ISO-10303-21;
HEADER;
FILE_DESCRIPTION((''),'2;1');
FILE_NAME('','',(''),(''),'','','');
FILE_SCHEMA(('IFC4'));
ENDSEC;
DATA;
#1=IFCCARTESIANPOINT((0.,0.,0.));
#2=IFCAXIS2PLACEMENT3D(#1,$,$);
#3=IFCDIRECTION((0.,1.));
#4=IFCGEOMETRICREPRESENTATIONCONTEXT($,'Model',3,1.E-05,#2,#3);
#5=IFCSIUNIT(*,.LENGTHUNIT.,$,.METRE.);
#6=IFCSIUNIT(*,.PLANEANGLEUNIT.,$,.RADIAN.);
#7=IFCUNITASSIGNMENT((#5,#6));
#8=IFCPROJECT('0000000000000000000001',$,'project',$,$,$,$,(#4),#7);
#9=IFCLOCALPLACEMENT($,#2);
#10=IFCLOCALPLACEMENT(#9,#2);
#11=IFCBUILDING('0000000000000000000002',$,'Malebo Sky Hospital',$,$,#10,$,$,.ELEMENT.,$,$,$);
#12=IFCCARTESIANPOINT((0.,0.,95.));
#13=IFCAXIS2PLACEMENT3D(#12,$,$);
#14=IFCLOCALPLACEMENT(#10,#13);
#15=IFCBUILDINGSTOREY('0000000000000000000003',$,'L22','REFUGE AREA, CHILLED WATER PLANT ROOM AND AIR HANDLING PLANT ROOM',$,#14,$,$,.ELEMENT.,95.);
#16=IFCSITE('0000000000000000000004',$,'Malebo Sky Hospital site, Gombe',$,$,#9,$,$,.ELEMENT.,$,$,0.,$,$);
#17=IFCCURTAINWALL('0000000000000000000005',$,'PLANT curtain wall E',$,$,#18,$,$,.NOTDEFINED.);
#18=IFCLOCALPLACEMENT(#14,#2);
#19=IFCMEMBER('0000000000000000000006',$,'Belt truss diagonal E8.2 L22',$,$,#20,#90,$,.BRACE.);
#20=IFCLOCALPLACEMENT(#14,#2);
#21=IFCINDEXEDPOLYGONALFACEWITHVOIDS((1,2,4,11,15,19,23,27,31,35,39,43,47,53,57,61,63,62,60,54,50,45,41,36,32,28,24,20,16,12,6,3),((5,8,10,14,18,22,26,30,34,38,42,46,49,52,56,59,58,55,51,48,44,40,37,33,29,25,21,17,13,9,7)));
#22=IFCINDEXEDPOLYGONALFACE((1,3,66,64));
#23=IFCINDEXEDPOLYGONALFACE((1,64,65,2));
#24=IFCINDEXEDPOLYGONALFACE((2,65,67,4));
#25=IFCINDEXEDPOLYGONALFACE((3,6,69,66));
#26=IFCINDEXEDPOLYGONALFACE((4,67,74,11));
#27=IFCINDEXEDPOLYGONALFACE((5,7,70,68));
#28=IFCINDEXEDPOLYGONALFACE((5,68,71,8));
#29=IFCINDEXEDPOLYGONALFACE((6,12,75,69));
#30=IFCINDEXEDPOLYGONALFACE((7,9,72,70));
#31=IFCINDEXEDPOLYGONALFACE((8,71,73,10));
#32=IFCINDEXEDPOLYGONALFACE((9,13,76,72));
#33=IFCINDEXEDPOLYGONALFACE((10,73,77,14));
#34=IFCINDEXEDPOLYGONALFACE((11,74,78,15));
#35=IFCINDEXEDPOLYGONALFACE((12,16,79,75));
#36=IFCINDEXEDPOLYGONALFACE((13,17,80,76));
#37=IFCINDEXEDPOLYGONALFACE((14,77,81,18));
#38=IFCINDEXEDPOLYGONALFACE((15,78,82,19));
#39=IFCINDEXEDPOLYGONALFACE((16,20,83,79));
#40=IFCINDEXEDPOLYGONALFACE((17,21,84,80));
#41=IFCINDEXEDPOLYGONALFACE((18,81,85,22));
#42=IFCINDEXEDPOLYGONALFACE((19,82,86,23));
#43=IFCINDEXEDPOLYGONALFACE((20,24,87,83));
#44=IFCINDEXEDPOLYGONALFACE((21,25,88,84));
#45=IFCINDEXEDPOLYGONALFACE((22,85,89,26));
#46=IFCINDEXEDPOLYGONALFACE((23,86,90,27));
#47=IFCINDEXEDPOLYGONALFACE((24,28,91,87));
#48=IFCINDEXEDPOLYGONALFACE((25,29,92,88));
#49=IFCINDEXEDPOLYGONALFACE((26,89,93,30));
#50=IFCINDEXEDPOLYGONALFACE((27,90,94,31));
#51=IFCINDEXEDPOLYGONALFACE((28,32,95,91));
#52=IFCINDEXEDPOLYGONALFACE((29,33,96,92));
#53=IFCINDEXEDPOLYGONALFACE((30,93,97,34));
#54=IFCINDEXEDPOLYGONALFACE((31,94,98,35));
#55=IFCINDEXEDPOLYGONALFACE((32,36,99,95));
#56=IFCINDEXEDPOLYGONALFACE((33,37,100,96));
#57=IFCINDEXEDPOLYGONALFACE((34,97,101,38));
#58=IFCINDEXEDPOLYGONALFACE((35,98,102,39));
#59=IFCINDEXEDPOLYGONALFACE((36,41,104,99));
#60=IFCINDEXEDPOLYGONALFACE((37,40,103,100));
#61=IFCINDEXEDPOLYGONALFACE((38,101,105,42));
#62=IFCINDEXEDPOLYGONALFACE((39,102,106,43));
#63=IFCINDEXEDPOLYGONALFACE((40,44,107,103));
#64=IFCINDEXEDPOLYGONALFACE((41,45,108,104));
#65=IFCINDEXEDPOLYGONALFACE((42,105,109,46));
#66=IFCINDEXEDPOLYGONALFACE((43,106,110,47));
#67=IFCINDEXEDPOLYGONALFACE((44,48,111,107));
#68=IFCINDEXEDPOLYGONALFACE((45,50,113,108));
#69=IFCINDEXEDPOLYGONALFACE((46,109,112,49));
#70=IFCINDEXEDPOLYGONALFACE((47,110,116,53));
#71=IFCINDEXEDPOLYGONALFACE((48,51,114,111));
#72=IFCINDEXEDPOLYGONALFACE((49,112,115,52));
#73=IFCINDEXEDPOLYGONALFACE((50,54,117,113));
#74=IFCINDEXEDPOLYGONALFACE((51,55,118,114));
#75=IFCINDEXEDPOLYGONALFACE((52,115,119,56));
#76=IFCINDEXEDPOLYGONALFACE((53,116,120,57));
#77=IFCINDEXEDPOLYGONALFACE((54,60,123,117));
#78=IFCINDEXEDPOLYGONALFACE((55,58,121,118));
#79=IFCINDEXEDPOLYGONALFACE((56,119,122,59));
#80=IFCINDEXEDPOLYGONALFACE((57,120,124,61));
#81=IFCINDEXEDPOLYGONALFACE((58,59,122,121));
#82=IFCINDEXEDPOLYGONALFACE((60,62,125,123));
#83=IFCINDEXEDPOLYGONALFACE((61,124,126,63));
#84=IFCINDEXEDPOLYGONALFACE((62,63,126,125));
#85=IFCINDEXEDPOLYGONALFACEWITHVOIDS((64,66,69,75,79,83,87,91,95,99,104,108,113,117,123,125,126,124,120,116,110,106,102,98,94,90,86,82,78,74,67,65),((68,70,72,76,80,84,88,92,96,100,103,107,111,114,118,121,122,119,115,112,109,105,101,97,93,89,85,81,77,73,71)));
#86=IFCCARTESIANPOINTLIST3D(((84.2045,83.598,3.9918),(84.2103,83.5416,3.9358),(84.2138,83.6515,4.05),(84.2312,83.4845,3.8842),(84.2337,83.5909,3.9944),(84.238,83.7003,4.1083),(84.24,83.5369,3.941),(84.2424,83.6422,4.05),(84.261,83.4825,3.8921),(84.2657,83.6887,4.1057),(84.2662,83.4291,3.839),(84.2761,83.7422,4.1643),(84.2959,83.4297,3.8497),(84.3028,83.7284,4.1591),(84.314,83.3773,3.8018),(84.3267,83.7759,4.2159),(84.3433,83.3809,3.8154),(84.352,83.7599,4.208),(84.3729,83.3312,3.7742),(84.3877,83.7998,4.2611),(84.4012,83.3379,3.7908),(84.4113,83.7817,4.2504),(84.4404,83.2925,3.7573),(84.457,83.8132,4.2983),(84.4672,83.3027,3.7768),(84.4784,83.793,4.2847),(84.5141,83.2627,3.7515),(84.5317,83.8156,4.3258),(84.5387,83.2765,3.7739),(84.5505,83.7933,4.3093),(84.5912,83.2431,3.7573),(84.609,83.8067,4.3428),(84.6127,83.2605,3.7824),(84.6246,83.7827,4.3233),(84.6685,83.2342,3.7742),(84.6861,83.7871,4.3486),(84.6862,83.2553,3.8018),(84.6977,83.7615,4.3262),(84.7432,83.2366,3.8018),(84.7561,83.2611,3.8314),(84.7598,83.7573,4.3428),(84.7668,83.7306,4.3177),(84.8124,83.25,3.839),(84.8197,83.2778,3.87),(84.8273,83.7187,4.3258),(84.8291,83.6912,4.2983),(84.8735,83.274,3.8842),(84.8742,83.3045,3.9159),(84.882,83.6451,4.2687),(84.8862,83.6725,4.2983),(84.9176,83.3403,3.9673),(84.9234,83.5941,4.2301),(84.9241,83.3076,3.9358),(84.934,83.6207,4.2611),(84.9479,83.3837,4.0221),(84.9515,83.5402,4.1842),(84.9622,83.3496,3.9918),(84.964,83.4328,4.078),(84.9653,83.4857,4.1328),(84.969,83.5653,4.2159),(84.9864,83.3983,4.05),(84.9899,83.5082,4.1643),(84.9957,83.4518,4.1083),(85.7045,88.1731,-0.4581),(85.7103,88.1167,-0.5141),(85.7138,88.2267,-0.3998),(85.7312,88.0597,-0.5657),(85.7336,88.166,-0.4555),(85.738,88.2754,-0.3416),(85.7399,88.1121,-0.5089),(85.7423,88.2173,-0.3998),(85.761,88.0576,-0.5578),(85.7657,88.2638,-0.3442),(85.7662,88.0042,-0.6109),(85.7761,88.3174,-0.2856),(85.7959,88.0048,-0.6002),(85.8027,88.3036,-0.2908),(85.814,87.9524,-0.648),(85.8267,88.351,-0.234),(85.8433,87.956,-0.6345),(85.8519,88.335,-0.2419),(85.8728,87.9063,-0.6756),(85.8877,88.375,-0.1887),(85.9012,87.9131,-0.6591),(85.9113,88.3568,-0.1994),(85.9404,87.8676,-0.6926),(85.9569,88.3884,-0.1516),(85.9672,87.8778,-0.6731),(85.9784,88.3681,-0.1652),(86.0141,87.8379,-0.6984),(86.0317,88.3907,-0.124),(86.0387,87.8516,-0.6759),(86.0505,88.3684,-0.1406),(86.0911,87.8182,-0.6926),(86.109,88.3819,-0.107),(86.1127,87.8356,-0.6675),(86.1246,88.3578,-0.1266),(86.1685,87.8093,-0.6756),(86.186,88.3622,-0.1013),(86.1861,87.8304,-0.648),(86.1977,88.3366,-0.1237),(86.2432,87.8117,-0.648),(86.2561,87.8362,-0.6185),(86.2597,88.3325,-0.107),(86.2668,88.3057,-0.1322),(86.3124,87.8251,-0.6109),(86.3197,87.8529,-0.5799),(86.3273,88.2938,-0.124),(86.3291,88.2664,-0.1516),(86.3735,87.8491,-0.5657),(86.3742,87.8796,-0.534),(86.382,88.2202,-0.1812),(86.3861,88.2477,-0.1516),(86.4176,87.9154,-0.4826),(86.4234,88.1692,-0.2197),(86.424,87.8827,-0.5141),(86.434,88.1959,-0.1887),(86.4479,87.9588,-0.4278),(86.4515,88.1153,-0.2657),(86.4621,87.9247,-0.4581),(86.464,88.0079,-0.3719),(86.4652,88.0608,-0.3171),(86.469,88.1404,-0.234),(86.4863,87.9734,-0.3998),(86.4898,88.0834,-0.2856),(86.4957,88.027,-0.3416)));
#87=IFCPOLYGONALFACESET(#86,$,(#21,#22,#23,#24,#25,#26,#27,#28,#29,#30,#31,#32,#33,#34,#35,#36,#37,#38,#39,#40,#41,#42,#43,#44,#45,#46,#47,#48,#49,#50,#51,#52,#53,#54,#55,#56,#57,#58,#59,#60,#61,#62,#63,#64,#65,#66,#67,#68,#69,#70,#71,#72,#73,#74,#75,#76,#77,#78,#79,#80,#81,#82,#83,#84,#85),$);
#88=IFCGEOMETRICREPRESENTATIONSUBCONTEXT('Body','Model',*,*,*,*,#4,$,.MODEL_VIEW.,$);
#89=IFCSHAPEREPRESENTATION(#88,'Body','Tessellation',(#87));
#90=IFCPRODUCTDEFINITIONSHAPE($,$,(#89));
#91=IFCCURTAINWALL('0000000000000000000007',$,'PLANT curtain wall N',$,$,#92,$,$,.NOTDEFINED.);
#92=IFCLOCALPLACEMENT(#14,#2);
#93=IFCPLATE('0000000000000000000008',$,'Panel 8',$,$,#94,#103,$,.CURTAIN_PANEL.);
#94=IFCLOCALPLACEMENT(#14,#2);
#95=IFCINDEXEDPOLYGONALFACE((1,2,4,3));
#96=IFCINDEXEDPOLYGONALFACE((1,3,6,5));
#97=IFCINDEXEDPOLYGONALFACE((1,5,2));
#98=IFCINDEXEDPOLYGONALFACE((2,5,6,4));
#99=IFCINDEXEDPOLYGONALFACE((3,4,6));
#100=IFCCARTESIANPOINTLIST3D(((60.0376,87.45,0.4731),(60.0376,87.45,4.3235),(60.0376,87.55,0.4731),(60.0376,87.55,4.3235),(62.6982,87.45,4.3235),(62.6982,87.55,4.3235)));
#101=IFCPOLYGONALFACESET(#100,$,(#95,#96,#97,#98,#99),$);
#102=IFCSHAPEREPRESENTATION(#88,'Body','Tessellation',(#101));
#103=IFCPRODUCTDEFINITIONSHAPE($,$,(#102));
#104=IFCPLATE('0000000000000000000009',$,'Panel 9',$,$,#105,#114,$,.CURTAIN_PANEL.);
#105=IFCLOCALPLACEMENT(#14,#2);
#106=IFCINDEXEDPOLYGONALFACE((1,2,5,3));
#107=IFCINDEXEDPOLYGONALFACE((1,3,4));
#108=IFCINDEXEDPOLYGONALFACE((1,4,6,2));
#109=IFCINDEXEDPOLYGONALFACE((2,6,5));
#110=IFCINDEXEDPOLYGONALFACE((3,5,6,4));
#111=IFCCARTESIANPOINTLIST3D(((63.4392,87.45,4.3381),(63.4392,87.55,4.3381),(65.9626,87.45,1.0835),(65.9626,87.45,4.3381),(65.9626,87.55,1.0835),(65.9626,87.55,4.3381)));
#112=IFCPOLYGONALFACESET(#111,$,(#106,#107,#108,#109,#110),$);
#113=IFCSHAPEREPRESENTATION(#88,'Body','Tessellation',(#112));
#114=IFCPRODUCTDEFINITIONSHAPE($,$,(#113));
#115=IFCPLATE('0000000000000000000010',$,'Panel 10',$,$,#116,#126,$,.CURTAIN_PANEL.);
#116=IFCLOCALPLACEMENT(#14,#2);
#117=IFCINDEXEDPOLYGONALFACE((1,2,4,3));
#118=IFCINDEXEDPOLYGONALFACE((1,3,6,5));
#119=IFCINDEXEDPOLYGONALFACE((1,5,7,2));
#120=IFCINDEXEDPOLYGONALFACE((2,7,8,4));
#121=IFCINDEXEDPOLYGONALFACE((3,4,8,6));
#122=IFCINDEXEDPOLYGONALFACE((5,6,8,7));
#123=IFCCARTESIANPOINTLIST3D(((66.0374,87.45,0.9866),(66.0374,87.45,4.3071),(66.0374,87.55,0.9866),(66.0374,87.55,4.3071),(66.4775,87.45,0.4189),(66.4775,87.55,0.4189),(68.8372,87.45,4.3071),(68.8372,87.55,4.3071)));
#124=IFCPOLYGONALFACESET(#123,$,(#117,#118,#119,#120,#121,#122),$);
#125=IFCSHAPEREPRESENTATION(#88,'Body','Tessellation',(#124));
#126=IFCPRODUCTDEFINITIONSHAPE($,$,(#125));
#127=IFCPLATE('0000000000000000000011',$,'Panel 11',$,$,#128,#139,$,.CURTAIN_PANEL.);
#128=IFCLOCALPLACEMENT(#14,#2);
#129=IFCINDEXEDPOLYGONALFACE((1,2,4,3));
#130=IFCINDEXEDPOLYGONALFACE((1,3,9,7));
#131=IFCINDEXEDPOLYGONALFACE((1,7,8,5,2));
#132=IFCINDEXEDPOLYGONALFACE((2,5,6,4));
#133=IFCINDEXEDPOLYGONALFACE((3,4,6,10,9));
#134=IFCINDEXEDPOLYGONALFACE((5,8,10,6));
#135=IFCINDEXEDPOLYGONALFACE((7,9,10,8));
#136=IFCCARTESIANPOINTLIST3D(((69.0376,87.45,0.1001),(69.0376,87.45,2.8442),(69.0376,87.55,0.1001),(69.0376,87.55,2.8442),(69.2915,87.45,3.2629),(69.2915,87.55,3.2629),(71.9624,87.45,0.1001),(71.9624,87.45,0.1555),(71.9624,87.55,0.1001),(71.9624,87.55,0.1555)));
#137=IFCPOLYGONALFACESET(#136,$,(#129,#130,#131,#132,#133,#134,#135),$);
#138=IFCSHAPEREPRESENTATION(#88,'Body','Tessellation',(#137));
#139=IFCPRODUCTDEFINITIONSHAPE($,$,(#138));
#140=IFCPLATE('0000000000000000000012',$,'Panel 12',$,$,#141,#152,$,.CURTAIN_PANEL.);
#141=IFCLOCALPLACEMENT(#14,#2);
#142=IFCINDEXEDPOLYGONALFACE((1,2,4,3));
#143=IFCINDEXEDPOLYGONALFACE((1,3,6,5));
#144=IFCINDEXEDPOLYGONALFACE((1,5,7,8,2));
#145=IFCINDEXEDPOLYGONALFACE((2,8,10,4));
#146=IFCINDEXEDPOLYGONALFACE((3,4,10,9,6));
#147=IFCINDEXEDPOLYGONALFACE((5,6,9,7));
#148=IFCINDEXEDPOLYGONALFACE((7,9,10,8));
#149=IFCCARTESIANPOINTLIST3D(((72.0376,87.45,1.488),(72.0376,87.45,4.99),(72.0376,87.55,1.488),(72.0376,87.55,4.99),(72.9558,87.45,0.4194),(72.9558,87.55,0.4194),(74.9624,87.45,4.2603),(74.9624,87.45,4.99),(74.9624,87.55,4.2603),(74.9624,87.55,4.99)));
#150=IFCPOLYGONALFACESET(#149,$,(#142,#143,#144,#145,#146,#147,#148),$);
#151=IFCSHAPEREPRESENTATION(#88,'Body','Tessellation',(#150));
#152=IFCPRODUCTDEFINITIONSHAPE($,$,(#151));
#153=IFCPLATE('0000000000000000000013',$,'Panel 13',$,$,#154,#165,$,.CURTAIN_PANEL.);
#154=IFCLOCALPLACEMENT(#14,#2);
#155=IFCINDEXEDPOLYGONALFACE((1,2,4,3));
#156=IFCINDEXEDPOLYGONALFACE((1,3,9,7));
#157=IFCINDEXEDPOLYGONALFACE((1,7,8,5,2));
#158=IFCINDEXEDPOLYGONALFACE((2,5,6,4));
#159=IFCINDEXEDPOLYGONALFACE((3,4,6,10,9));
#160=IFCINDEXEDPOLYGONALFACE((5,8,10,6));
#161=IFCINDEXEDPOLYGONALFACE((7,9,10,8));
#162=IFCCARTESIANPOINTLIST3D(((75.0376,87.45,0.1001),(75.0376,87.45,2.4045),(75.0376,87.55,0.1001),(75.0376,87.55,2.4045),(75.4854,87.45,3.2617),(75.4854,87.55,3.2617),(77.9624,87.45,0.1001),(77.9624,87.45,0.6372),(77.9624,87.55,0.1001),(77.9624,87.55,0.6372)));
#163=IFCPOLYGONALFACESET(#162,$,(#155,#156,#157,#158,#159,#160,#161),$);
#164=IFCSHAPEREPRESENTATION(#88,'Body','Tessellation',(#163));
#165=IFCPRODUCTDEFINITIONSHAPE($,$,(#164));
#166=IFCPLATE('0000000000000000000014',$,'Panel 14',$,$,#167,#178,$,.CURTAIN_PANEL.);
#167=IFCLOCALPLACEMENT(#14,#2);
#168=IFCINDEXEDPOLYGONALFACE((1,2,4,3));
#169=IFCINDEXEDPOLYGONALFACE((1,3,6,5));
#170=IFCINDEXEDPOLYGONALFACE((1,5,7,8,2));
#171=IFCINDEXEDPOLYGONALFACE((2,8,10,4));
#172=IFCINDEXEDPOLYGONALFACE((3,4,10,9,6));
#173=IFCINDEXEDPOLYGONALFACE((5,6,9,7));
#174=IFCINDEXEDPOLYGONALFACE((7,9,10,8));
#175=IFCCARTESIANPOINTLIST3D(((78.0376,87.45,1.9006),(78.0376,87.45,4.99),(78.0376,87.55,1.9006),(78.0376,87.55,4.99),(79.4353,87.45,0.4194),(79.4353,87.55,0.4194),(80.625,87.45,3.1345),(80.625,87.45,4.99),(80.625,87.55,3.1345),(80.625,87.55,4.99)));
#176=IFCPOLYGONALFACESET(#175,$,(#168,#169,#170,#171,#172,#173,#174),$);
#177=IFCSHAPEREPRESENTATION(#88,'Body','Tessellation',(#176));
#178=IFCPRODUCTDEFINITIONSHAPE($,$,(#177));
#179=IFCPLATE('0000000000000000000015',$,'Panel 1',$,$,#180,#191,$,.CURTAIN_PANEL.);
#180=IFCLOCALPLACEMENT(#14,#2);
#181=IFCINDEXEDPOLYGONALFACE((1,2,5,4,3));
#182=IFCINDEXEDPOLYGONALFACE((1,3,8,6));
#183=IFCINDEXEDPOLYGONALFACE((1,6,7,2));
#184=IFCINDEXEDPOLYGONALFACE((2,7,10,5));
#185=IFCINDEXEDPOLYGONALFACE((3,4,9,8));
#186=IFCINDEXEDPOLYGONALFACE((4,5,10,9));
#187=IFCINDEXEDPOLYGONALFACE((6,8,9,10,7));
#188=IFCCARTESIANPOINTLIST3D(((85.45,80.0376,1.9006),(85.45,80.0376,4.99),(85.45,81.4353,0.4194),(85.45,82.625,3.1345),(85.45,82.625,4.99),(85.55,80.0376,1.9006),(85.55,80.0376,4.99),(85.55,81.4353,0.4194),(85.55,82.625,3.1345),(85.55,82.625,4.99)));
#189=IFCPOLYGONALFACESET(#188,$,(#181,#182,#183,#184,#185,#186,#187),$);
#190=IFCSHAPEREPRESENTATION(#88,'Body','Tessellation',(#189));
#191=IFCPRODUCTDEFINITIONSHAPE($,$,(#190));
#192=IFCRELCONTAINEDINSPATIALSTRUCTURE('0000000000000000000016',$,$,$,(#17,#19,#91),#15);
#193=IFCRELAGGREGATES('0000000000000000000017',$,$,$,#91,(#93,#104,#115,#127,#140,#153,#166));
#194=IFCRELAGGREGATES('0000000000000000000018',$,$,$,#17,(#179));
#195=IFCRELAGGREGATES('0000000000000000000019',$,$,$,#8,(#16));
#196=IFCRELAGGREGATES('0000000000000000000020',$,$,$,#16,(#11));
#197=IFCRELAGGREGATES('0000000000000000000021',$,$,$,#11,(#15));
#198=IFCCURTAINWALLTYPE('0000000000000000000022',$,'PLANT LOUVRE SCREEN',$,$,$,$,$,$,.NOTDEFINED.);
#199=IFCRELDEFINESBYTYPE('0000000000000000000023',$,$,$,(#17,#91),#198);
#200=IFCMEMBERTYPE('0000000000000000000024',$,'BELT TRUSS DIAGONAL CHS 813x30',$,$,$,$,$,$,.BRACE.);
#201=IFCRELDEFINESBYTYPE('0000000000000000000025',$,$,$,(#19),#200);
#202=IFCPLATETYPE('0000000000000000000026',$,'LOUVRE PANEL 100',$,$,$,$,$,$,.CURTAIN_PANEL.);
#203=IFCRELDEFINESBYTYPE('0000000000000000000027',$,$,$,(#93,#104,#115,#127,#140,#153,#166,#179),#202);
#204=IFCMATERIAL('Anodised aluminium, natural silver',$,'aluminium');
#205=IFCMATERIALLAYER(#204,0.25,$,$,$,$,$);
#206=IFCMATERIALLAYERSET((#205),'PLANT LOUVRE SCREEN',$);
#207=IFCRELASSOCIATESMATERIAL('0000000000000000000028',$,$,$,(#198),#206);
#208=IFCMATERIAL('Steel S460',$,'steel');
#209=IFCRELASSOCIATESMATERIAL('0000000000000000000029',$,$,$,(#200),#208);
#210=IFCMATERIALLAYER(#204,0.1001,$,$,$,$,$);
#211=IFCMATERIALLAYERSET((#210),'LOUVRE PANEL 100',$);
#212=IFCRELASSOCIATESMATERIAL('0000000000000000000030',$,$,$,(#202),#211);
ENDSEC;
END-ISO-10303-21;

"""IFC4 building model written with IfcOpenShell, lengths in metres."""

from ifc_helpers import new_model, si_unit, direction, frame, origin, origin_2d, place, context, subcontext, project, spatial, polyline, hollow_circle, outline, extrude, material, layer, layer_set, material_profile, profile_set, type_object, element, aggregate, save


model = new_model("IFC4")

# Units and contexts
model_context = context("Model", 3, precision=1e-05, world=origin(), true_north=direction((0.0, 1.0)))
body_context = subcontext(model_context, "Body", "Model", "MODEL_VIEW")
ifc_project = project(units=[si_unit("LENGTHUNIT", "METRE"), si_unit("PLANEANGLEUNIT", "RADIAN")], contexts=[model_context])

# Site, building, storey
site_placement = place(None, origin())
site = spatial("IfcSite", under=ifc_project, at=site_placement, Name="Malebo Sky Hospital site, Gombe", CompositionType="ELEMENT", RefElevation=0.0)
building_placement = place(site_placement, origin())
building = spatial("IfcBuilding", under=site, at=building_placement, Name="Malebo Sky Hospital", CompositionType="ELEMENT")
storey_placement = place(building_placement, frame((0.0, 0.0, 95.0)))
storey = spatial("IfcBuildingStorey", under=building, at=storey_placement, Name="L22", Description="REFUGE AREA, CHILLED WATER PLANT ROOM AND AIR HANDLING PLANT ROOM", CompositionType="ELEMENT", Elevation=95.0)

# Curtain wall
ifc_material_1 = material(Name="Anodised aluminium, natural silver", Category="aluminium")
ifc_layer_1 = layer(ifc_material_1, 0.25)
ifc_layer_set_1 = layer_set([ifc_layer_1], Name="PLANT LOUVRE SCREEN")
curtain_wall_type = type_object("IfcCurtainWallType", Name="PLANT LOUVRE SCREEN", PredefinedType="NOTDEFINED", material=ifc_layer_set_1)
curtain_wall_1_placement = place(storey_placement, origin())
curtain_wall_1 = element("IfcCurtainWall", 1, at=curtain_wall_1_placement, inside=storey, type_object=curtain_wall_type, Name="PLANT curtain wall E", PredefinedType="NOTDEFINED")

# Member
ifc_material_2 = material(Name="Steel S460", Category="steel")
ifc_material_profile_1 = material_profile(ifc_material_2, hollow_circle(Radius=0.4065, WallThickness=0.03, at=origin_2d()), Name="CHS 813x30")
ifc_profile_set_1 = profile_set([ifc_material_profile_1], Name="Steel S460")
member_type_1 = type_object("IfcMemberType", Name="BELT TRUSS DIAGONAL CHS 813x30", PredefinedType="BRACE", material=ifc_profile_set_1)
member_1_placement = place(storey_placement, frame((84.6001, 83.5249, 4.05), z_axis=(0.228789, 0.697837, -0.678734), x_axis=(-0.950233, 0.311539, 0.0)))
element("IfcMember", 2, at=member_1_placement, inside=storey, type_object=member_type_1, Name="Belt truss diagonal E8.2 L22", PredefinedType="BRACE", context=body_context, shape_type="SweptSolid", body=[
    extrude(hollow_circle(Radius=0.4065, WallThickness=0.03, at=origin_2d()), origin(), (0.0, 0.0, 1.0), 6.5562),
])

# Curtain wall, plates
curtain_wall_2_placement = place(storey_placement, origin())
curtain_wall_2 = element("IfcCurtainWall", 3, at=curtain_wall_2_placement, inside=storey, type_object=curtain_wall_type, Name="PLANT curtain wall N", PredefinedType="NOTDEFINED")
ifc_layer_2 = layer(ifc_material_1, 0.1001)
ifc_layer_set_2 = layer_set([ifc_layer_2], Name="LOUVRE PANEL 100")
plate_type = type_object("IfcPlateType", Name="LOUVRE PANEL 100", PredefinedType="CURTAIN_PANEL", material=ifc_layer_set_2)
plate_1_placement = place(storey_placement, frame((61.3679, 87.5, 0.4731), z_axis=(0.0, 0.0, 1.0), x_axis=(1.0, 0.0, 0.0)))
plate_1 = element("IfcPlate", 4, at=plate_1_placement, type_object=plate_type, Name="Panel 8", PredefinedType="CURTAIN_PANEL", context=body_context, shape_type="SweptSolid", body=[
    extrude(outline(polyline([(-1.3303, 0.0), (1.3303, 3.8503), (-1.3303, 3.8503), (-1.3303, 0.0)])), frame((0.0, 0.05, 0.0), z_axis=(0.0, -1.0, 0.0), x_axis=(1.0, 0.0, 0.0)), (0.0, 0.0, 1.0), 0.1001),
])
plate_2_placement = place(storey_placement, frame((64.7009, 87.5, 1.0835), z_axis=(0.0, 0.0, 1.0), x_axis=(1.0, 0.0, 0.0)))
plate_2 = element("IfcPlate", 5, at=plate_2_placement, type_object=plate_type, Name="Panel 9", PredefinedType="CURTAIN_PANEL", context=body_context, shape_type="SweptSolid", body=[
    extrude(outline(polyline([(1.2617, 0.0), (1.2617, 3.2546), (-1.2617, 3.2546), (1.2617, 0.0)])), frame((0.0, 0.05, 0.0), z_axis=(0.0, -1.0, 0.0), x_axis=(1.0, 0.0, 0.0)), (0.0, 0.0, 1.0), 0.1001),
])
plate_3_placement = place(storey_placement, frame((67.4373, 87.5, 0.4189), z_axis=(0.0, 0.0, 1.0), x_axis=(1.0, 0.0, 0.0)))
plate_3 = element("IfcPlate", 6, at=plate_3_placement, type_object=plate_type, Name="Panel 10", PredefinedType="CURTAIN_PANEL", context=body_context, shape_type="SweptSolid", body=[
    extrude(outline(polyline([(-0.9597, 0.0), (1.3999, 3.8882), (-1.3999, 3.8882), (-1.3999, 0.5676), (-0.9597, 0.0)])), frame((0.0, 0.05, 0.0), z_axis=(0.0, -1.0, 0.0), x_axis=(1.0, 0.0, 0.0)), (0.0, 0.0, 1.0), 0.1001),
])
plate_4_placement = place(storey_placement, frame((70.5, 87.5, 0.1001), z_axis=(0.0, 0.0, 1.0), x_axis=(1.0, 0.0, 0.0)))
plate_4 = element("IfcPlate", 7, at=plate_4_placement, type_object=plate_type, Name="Panel 11", PredefinedType="CURTAIN_PANEL", context=body_context, shape_type="SweptSolid", body=[
    extrude(outline(polyline([(-1.4624, 0.0), (1.4624, 0.0), (1.4624, 0.0554), (-1.2085, 3.1628), (-1.4624, 2.7441), (-1.4624, 0.0)])), frame((0.0, 0.05, 0.0), z_axis=(0.0, -1.0, 0.0), x_axis=(1.0, 0.0, 0.0)), (0.0, 0.0, 1.0), 0.1001),
])
plate_5_placement = place(storey_placement, frame((73.5, 87.5, 0.4194), z_axis=(0.0, 0.0, 1.0), x_axis=(1.0, 0.0, 0.0)))
plate_5 = element("IfcPlate", 8, at=plate_5_placement, type_object=plate_type, Name="Panel 12", PredefinedType="CURTAIN_PANEL", context=body_context, shape_type="SweptSolid", body=[
    extrude(outline(polyline([(-0.5442, 0.0), (1.4624, 3.8408), (1.4624, 4.5706), (-1.4624, 4.5706), (-1.4624, 1.0686), (-0.5442, 0.0)])), frame((0.0, 0.05, 0.0), z_axis=(0.0, -1.0, 0.0), x_axis=(1.0, 0.0, 0.0)), (0.0, 0.0, 1.0), 0.1001),
])
plate_6_placement = place(storey_placement, frame((76.5, 87.5, 0.1001), z_axis=(0.0, 0.0, 1.0), x_axis=(1.0, 0.0, 0.0)))
plate_6 = element("IfcPlate", 9, at=plate_6_placement, type_object=plate_type, Name="Panel 13", PredefinedType="CURTAIN_PANEL", context=body_context, shape_type="SweptSolid", body=[
    extrude(outline(polyline([(-1.4624, 0.0), (1.4624, 0.0), (1.4624, 0.5371), (-1.0146, 3.1616), (-1.4624, 2.3044), (-1.4624, 0.0)])), frame((0.0, 0.05, 0.0), z_axis=(0.0, -1.0, 0.0), x_axis=(1.0, 0.0, 0.0)), (0.0, 0.0, 1.0), 0.1001),
])
plate_7_placement = place(storey_placement, frame((79.3313, 87.5, 0.4194), z_axis=(0.0, 0.0, 1.0), x_axis=(1.0, 0.0, 0.0)))
plate_7 = element("IfcPlate", 10, at=plate_7_placement, type_object=plate_type, Name="Panel 14", PredefinedType="CURTAIN_PANEL", context=body_context, shape_type="SweptSolid", body=[
    extrude(outline(polyline([(0.104, 0.0), (1.2937, 2.7151), (1.2937, 4.5706), (-1.2937, 4.5706), (-1.2937, 1.4812), (0.104, 0.0)])), frame((0.0, 0.05, 0.0), z_axis=(0.0, -1.0, 0.0), x_axis=(1.0, 0.0, 0.0)), (0.0, 0.0, 1.0), 0.1001),
])
aggregate(curtain_wall_2, [plate_1, plate_2, plate_3, plate_4, plate_5, plate_6, plate_7])

# Plate
plate_8_placement = place(storey_placement, frame((85.5, 81.3313, 0.4194), z_axis=(0.0, 0.0, 1.0), x_axis=(0.0, -1.0, 0.0)))
plate_8 = element("IfcPlate", 11, at=plate_8_placement, type_object=plate_type, Name="Panel 1", PredefinedType="CURTAIN_PANEL", context=body_context, shape_type="SweptSolid", body=[
    extrude(outline(polyline([(-0.104, 0.0), (1.2937, 1.4812), (1.2937, 4.5706), (-1.2937, 4.5706), (-1.2937, 2.7151), (-0.104, 0.0)])), frame((0.0, 0.05, 0.0), z_axis=(0.0, -1.0, 0.0), x_axis=(1.0, 0.0, 0.0)), (0.0, 0.0, 1.0), 0.1001),
])
aggregate(curtain_wall_1, [plate_8])

save(model, "model.ifc")
